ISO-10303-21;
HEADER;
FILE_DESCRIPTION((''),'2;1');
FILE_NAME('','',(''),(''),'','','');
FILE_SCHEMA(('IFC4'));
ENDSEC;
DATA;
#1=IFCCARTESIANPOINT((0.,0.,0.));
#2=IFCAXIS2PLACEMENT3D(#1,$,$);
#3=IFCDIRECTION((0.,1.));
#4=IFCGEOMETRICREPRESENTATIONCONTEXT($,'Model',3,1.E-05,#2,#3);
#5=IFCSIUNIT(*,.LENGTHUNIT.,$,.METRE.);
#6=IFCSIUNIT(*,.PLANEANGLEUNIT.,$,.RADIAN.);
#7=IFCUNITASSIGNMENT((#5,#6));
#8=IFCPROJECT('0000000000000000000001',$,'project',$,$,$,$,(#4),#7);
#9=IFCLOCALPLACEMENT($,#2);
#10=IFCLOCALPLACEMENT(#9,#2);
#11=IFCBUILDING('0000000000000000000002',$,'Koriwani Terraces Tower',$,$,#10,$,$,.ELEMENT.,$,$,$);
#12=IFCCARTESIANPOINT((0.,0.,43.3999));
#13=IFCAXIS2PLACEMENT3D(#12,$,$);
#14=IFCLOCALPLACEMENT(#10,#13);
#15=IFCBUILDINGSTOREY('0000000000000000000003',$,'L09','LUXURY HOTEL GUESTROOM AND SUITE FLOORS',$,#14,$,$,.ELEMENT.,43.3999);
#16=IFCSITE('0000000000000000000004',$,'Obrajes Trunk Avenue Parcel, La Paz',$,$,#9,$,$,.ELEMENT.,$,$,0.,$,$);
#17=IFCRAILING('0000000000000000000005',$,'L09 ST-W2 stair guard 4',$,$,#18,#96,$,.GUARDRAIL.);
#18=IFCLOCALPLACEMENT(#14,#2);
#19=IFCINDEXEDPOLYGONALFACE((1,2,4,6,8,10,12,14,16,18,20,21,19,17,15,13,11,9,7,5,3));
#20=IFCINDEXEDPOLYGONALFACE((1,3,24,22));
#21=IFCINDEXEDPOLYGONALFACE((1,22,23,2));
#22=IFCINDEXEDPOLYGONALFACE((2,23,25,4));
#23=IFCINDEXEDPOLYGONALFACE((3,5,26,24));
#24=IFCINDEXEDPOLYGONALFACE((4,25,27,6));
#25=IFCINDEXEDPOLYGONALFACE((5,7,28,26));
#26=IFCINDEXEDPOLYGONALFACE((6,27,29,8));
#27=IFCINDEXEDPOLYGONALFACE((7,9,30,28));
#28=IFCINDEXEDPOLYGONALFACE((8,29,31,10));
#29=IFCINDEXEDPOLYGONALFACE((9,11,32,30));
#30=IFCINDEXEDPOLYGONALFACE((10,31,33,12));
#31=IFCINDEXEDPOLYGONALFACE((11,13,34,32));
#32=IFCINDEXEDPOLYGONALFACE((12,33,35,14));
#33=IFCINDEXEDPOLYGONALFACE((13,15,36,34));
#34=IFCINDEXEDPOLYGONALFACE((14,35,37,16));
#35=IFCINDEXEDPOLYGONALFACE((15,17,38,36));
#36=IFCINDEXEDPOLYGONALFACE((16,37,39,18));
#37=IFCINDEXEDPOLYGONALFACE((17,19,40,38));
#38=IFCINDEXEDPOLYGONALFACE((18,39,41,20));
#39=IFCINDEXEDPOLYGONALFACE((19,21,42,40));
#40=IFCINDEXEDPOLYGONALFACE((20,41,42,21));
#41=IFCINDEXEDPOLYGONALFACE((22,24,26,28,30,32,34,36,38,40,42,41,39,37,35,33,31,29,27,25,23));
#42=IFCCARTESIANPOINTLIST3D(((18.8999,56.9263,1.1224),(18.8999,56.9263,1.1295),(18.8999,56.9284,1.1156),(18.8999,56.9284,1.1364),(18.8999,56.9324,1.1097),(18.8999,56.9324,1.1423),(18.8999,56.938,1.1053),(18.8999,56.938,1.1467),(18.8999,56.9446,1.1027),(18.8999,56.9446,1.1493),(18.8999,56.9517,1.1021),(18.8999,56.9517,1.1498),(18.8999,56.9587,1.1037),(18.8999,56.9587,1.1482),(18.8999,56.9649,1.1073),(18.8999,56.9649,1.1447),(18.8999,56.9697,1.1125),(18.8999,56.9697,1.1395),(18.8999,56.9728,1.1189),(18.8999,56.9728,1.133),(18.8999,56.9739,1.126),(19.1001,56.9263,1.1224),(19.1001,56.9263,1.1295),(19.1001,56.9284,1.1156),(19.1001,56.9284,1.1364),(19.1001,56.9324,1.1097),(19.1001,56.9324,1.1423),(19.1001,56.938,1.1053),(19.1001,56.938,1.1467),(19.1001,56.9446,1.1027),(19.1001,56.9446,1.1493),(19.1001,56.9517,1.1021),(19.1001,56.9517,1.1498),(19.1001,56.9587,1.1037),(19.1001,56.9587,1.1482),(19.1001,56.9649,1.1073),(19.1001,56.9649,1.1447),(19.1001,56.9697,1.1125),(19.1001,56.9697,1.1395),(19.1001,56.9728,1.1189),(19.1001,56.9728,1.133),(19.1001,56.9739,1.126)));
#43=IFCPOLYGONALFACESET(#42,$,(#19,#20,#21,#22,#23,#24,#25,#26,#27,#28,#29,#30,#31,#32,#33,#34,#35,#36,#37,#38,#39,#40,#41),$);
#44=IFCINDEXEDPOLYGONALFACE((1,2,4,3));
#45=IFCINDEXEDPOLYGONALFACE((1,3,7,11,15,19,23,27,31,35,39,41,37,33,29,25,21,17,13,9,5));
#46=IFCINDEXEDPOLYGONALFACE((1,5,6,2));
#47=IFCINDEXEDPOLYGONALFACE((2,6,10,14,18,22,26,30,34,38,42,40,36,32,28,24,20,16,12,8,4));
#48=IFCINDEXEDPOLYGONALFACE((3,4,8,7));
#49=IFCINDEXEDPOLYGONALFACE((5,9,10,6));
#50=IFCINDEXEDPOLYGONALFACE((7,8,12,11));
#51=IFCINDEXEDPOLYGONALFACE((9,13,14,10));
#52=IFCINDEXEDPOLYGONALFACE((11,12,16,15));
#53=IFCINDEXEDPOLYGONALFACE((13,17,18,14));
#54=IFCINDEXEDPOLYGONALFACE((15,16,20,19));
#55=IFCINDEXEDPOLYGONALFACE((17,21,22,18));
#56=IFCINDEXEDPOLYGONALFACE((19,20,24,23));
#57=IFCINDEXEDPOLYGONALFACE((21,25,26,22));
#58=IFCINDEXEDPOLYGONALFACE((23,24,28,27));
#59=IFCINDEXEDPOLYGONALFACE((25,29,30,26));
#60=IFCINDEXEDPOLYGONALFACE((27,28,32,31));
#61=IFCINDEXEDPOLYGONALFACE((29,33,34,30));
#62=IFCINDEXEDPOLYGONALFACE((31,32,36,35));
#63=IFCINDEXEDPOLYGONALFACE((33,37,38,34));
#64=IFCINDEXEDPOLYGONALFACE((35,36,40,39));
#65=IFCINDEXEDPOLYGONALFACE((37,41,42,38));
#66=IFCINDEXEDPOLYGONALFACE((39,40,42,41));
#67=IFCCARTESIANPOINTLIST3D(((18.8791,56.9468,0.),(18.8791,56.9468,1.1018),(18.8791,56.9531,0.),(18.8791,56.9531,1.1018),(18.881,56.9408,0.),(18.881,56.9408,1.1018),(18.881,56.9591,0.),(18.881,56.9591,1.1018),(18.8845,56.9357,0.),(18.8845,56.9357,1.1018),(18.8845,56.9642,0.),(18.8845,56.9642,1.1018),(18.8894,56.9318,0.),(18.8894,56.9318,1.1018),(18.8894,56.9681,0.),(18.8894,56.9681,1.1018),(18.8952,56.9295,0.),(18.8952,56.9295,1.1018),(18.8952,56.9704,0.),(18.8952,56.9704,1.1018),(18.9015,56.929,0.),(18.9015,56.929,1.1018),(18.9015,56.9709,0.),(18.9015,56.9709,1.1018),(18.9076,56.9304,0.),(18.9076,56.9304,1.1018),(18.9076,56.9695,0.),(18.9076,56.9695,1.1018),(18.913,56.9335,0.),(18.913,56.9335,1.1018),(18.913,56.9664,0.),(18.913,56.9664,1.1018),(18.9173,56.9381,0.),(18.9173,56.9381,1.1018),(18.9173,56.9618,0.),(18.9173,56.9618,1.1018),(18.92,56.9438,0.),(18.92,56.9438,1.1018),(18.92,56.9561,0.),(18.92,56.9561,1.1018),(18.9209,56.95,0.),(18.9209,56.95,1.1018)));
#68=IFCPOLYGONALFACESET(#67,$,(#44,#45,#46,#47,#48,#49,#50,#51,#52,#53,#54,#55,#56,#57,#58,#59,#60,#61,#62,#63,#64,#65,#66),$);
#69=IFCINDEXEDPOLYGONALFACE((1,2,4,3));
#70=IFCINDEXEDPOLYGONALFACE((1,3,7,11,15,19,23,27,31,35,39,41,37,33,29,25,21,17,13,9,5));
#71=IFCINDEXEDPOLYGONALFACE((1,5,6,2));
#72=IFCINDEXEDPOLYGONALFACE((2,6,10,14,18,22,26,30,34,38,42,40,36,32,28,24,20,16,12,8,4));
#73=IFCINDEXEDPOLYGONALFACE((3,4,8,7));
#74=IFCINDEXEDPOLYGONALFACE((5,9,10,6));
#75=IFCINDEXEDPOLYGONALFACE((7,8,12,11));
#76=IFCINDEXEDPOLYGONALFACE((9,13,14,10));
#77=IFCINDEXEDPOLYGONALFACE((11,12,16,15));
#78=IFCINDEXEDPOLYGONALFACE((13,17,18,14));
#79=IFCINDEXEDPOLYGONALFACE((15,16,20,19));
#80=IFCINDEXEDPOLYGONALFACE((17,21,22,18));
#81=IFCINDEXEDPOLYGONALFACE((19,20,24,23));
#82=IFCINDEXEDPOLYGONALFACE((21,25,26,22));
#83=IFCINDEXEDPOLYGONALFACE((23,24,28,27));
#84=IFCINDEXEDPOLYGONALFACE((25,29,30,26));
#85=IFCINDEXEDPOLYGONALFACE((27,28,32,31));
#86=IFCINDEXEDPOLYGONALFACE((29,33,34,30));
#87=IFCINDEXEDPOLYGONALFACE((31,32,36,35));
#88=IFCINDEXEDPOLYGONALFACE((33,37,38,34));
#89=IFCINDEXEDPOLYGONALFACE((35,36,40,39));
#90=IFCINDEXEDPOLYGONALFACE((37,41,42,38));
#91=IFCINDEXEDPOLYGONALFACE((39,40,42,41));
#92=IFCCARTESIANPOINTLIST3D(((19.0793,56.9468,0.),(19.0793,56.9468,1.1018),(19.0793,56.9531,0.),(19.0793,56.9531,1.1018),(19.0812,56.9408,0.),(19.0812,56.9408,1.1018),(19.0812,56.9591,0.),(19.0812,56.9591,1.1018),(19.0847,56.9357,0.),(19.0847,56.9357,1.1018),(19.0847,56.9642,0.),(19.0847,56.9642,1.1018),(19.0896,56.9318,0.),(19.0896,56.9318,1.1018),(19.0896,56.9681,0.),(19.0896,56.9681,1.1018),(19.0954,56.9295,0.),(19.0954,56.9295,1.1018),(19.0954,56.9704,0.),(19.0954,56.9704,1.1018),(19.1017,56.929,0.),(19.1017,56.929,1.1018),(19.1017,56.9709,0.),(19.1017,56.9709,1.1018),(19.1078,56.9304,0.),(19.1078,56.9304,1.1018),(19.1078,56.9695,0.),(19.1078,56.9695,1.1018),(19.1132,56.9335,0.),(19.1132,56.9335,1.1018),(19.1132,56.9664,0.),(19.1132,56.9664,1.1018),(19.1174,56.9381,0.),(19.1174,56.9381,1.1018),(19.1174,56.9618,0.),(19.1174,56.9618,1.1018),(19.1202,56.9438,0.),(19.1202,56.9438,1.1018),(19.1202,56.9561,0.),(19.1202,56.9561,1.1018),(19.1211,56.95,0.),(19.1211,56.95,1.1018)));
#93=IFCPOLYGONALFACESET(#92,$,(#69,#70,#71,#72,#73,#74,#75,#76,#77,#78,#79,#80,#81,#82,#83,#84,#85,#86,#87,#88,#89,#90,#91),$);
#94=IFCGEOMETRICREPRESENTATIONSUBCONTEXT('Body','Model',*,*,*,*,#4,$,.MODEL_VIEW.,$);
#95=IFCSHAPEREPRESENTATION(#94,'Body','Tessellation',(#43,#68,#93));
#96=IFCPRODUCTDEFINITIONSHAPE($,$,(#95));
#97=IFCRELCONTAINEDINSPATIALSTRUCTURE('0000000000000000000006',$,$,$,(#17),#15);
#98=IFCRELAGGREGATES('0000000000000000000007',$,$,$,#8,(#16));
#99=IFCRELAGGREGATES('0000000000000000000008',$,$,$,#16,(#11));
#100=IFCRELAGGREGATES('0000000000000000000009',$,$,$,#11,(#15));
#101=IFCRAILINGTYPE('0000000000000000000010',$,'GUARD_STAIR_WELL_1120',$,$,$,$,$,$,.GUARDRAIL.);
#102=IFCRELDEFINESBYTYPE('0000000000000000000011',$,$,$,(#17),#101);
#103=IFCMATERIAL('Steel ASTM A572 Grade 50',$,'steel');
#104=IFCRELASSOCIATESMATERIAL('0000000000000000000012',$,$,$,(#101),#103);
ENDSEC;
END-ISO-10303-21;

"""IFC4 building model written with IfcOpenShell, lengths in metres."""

from ifc_helpers import new_model, si_unit, direction, frame, origin, origin_2d, place, context, subcontext, project, spatial, circle, extrude, material, type_object, element, save


model = new_model("IFC4")

# Units and contexts
model_context = context("Model", 3, precision=1e-05, world=origin(), true_north=direction((0.0, 1.0)))
body_context = subcontext(model_context, "Body", "Model", "MODEL_VIEW")
ifc_project = project(units=[si_unit("LENGTHUNIT", "METRE"), si_unit("PLANEANGLEUNIT", "RADIAN")], contexts=[model_context])

# Site, building, storey
site_placement = place(None, origin())
site = spatial("IfcSite", under=ifc_project, at=site_placement, Name="Obrajes Trunk Avenue Parcel, La Paz", CompositionType="ELEMENT", RefElevation=0.0)
building_placement = place(site_placement, origin())
building = spatial("IfcBuilding", under=site, at=building_placement, Name="Koriwani Terraces Tower", CompositionType="ELEMENT")
storey_placement = place(building_placement, frame((0.0, 0.0, 43.3999)))
storey = spatial("IfcBuildingStorey", under=building, at=storey_placement, Name="L09", Description="LUXURY HOTEL GUESTROOM AND SUITE FLOORS", CompositionType="ELEMENT", Elevation=43.3999)

# Shared definitions
ifc_material_1 = material(Name="Steel ASTM A572 Grade 50", Category="steel")

# Railing
railing_type_1 = type_object("IfcRailingType", Name="GUARD_STAIR_WELL_1120", PredefinedType="GUARDRAIL", material=ifc_material_1)
railing_1_placement = place(storey_placement, frame((18.8999, 56.95, 0.0)))
element("IfcRailing", 1, at=railing_1_placement, inside=storey, type_object=railing_type_1, Name="L09 ST-W2 stair guard 4", PredefinedType="GUARDRAIL", context=body_context, shape_type="SweptSolid", body=[
    extrude(circle(Radius=0.0239, at=origin_2d()), frame((0.0, 0.0, 1.126), z_axis=(1.0, 0.0, 0.0), x_axis=(0.0, 1.0, 0.0)), (0.0, 0.0, 1.0), 0.2002),
    extrude(circle(Radius=0.021, at=origin_2d()), origin(), (0.0, 0.0, 1.0), 1.1018),
    extrude(circle(Radius=0.021, at=origin_2d()), frame((0.2002, 0.0, 0.0)), (0.0, 0.0, 1.0), 1.1018),
])

save(model, "model.ifc")
